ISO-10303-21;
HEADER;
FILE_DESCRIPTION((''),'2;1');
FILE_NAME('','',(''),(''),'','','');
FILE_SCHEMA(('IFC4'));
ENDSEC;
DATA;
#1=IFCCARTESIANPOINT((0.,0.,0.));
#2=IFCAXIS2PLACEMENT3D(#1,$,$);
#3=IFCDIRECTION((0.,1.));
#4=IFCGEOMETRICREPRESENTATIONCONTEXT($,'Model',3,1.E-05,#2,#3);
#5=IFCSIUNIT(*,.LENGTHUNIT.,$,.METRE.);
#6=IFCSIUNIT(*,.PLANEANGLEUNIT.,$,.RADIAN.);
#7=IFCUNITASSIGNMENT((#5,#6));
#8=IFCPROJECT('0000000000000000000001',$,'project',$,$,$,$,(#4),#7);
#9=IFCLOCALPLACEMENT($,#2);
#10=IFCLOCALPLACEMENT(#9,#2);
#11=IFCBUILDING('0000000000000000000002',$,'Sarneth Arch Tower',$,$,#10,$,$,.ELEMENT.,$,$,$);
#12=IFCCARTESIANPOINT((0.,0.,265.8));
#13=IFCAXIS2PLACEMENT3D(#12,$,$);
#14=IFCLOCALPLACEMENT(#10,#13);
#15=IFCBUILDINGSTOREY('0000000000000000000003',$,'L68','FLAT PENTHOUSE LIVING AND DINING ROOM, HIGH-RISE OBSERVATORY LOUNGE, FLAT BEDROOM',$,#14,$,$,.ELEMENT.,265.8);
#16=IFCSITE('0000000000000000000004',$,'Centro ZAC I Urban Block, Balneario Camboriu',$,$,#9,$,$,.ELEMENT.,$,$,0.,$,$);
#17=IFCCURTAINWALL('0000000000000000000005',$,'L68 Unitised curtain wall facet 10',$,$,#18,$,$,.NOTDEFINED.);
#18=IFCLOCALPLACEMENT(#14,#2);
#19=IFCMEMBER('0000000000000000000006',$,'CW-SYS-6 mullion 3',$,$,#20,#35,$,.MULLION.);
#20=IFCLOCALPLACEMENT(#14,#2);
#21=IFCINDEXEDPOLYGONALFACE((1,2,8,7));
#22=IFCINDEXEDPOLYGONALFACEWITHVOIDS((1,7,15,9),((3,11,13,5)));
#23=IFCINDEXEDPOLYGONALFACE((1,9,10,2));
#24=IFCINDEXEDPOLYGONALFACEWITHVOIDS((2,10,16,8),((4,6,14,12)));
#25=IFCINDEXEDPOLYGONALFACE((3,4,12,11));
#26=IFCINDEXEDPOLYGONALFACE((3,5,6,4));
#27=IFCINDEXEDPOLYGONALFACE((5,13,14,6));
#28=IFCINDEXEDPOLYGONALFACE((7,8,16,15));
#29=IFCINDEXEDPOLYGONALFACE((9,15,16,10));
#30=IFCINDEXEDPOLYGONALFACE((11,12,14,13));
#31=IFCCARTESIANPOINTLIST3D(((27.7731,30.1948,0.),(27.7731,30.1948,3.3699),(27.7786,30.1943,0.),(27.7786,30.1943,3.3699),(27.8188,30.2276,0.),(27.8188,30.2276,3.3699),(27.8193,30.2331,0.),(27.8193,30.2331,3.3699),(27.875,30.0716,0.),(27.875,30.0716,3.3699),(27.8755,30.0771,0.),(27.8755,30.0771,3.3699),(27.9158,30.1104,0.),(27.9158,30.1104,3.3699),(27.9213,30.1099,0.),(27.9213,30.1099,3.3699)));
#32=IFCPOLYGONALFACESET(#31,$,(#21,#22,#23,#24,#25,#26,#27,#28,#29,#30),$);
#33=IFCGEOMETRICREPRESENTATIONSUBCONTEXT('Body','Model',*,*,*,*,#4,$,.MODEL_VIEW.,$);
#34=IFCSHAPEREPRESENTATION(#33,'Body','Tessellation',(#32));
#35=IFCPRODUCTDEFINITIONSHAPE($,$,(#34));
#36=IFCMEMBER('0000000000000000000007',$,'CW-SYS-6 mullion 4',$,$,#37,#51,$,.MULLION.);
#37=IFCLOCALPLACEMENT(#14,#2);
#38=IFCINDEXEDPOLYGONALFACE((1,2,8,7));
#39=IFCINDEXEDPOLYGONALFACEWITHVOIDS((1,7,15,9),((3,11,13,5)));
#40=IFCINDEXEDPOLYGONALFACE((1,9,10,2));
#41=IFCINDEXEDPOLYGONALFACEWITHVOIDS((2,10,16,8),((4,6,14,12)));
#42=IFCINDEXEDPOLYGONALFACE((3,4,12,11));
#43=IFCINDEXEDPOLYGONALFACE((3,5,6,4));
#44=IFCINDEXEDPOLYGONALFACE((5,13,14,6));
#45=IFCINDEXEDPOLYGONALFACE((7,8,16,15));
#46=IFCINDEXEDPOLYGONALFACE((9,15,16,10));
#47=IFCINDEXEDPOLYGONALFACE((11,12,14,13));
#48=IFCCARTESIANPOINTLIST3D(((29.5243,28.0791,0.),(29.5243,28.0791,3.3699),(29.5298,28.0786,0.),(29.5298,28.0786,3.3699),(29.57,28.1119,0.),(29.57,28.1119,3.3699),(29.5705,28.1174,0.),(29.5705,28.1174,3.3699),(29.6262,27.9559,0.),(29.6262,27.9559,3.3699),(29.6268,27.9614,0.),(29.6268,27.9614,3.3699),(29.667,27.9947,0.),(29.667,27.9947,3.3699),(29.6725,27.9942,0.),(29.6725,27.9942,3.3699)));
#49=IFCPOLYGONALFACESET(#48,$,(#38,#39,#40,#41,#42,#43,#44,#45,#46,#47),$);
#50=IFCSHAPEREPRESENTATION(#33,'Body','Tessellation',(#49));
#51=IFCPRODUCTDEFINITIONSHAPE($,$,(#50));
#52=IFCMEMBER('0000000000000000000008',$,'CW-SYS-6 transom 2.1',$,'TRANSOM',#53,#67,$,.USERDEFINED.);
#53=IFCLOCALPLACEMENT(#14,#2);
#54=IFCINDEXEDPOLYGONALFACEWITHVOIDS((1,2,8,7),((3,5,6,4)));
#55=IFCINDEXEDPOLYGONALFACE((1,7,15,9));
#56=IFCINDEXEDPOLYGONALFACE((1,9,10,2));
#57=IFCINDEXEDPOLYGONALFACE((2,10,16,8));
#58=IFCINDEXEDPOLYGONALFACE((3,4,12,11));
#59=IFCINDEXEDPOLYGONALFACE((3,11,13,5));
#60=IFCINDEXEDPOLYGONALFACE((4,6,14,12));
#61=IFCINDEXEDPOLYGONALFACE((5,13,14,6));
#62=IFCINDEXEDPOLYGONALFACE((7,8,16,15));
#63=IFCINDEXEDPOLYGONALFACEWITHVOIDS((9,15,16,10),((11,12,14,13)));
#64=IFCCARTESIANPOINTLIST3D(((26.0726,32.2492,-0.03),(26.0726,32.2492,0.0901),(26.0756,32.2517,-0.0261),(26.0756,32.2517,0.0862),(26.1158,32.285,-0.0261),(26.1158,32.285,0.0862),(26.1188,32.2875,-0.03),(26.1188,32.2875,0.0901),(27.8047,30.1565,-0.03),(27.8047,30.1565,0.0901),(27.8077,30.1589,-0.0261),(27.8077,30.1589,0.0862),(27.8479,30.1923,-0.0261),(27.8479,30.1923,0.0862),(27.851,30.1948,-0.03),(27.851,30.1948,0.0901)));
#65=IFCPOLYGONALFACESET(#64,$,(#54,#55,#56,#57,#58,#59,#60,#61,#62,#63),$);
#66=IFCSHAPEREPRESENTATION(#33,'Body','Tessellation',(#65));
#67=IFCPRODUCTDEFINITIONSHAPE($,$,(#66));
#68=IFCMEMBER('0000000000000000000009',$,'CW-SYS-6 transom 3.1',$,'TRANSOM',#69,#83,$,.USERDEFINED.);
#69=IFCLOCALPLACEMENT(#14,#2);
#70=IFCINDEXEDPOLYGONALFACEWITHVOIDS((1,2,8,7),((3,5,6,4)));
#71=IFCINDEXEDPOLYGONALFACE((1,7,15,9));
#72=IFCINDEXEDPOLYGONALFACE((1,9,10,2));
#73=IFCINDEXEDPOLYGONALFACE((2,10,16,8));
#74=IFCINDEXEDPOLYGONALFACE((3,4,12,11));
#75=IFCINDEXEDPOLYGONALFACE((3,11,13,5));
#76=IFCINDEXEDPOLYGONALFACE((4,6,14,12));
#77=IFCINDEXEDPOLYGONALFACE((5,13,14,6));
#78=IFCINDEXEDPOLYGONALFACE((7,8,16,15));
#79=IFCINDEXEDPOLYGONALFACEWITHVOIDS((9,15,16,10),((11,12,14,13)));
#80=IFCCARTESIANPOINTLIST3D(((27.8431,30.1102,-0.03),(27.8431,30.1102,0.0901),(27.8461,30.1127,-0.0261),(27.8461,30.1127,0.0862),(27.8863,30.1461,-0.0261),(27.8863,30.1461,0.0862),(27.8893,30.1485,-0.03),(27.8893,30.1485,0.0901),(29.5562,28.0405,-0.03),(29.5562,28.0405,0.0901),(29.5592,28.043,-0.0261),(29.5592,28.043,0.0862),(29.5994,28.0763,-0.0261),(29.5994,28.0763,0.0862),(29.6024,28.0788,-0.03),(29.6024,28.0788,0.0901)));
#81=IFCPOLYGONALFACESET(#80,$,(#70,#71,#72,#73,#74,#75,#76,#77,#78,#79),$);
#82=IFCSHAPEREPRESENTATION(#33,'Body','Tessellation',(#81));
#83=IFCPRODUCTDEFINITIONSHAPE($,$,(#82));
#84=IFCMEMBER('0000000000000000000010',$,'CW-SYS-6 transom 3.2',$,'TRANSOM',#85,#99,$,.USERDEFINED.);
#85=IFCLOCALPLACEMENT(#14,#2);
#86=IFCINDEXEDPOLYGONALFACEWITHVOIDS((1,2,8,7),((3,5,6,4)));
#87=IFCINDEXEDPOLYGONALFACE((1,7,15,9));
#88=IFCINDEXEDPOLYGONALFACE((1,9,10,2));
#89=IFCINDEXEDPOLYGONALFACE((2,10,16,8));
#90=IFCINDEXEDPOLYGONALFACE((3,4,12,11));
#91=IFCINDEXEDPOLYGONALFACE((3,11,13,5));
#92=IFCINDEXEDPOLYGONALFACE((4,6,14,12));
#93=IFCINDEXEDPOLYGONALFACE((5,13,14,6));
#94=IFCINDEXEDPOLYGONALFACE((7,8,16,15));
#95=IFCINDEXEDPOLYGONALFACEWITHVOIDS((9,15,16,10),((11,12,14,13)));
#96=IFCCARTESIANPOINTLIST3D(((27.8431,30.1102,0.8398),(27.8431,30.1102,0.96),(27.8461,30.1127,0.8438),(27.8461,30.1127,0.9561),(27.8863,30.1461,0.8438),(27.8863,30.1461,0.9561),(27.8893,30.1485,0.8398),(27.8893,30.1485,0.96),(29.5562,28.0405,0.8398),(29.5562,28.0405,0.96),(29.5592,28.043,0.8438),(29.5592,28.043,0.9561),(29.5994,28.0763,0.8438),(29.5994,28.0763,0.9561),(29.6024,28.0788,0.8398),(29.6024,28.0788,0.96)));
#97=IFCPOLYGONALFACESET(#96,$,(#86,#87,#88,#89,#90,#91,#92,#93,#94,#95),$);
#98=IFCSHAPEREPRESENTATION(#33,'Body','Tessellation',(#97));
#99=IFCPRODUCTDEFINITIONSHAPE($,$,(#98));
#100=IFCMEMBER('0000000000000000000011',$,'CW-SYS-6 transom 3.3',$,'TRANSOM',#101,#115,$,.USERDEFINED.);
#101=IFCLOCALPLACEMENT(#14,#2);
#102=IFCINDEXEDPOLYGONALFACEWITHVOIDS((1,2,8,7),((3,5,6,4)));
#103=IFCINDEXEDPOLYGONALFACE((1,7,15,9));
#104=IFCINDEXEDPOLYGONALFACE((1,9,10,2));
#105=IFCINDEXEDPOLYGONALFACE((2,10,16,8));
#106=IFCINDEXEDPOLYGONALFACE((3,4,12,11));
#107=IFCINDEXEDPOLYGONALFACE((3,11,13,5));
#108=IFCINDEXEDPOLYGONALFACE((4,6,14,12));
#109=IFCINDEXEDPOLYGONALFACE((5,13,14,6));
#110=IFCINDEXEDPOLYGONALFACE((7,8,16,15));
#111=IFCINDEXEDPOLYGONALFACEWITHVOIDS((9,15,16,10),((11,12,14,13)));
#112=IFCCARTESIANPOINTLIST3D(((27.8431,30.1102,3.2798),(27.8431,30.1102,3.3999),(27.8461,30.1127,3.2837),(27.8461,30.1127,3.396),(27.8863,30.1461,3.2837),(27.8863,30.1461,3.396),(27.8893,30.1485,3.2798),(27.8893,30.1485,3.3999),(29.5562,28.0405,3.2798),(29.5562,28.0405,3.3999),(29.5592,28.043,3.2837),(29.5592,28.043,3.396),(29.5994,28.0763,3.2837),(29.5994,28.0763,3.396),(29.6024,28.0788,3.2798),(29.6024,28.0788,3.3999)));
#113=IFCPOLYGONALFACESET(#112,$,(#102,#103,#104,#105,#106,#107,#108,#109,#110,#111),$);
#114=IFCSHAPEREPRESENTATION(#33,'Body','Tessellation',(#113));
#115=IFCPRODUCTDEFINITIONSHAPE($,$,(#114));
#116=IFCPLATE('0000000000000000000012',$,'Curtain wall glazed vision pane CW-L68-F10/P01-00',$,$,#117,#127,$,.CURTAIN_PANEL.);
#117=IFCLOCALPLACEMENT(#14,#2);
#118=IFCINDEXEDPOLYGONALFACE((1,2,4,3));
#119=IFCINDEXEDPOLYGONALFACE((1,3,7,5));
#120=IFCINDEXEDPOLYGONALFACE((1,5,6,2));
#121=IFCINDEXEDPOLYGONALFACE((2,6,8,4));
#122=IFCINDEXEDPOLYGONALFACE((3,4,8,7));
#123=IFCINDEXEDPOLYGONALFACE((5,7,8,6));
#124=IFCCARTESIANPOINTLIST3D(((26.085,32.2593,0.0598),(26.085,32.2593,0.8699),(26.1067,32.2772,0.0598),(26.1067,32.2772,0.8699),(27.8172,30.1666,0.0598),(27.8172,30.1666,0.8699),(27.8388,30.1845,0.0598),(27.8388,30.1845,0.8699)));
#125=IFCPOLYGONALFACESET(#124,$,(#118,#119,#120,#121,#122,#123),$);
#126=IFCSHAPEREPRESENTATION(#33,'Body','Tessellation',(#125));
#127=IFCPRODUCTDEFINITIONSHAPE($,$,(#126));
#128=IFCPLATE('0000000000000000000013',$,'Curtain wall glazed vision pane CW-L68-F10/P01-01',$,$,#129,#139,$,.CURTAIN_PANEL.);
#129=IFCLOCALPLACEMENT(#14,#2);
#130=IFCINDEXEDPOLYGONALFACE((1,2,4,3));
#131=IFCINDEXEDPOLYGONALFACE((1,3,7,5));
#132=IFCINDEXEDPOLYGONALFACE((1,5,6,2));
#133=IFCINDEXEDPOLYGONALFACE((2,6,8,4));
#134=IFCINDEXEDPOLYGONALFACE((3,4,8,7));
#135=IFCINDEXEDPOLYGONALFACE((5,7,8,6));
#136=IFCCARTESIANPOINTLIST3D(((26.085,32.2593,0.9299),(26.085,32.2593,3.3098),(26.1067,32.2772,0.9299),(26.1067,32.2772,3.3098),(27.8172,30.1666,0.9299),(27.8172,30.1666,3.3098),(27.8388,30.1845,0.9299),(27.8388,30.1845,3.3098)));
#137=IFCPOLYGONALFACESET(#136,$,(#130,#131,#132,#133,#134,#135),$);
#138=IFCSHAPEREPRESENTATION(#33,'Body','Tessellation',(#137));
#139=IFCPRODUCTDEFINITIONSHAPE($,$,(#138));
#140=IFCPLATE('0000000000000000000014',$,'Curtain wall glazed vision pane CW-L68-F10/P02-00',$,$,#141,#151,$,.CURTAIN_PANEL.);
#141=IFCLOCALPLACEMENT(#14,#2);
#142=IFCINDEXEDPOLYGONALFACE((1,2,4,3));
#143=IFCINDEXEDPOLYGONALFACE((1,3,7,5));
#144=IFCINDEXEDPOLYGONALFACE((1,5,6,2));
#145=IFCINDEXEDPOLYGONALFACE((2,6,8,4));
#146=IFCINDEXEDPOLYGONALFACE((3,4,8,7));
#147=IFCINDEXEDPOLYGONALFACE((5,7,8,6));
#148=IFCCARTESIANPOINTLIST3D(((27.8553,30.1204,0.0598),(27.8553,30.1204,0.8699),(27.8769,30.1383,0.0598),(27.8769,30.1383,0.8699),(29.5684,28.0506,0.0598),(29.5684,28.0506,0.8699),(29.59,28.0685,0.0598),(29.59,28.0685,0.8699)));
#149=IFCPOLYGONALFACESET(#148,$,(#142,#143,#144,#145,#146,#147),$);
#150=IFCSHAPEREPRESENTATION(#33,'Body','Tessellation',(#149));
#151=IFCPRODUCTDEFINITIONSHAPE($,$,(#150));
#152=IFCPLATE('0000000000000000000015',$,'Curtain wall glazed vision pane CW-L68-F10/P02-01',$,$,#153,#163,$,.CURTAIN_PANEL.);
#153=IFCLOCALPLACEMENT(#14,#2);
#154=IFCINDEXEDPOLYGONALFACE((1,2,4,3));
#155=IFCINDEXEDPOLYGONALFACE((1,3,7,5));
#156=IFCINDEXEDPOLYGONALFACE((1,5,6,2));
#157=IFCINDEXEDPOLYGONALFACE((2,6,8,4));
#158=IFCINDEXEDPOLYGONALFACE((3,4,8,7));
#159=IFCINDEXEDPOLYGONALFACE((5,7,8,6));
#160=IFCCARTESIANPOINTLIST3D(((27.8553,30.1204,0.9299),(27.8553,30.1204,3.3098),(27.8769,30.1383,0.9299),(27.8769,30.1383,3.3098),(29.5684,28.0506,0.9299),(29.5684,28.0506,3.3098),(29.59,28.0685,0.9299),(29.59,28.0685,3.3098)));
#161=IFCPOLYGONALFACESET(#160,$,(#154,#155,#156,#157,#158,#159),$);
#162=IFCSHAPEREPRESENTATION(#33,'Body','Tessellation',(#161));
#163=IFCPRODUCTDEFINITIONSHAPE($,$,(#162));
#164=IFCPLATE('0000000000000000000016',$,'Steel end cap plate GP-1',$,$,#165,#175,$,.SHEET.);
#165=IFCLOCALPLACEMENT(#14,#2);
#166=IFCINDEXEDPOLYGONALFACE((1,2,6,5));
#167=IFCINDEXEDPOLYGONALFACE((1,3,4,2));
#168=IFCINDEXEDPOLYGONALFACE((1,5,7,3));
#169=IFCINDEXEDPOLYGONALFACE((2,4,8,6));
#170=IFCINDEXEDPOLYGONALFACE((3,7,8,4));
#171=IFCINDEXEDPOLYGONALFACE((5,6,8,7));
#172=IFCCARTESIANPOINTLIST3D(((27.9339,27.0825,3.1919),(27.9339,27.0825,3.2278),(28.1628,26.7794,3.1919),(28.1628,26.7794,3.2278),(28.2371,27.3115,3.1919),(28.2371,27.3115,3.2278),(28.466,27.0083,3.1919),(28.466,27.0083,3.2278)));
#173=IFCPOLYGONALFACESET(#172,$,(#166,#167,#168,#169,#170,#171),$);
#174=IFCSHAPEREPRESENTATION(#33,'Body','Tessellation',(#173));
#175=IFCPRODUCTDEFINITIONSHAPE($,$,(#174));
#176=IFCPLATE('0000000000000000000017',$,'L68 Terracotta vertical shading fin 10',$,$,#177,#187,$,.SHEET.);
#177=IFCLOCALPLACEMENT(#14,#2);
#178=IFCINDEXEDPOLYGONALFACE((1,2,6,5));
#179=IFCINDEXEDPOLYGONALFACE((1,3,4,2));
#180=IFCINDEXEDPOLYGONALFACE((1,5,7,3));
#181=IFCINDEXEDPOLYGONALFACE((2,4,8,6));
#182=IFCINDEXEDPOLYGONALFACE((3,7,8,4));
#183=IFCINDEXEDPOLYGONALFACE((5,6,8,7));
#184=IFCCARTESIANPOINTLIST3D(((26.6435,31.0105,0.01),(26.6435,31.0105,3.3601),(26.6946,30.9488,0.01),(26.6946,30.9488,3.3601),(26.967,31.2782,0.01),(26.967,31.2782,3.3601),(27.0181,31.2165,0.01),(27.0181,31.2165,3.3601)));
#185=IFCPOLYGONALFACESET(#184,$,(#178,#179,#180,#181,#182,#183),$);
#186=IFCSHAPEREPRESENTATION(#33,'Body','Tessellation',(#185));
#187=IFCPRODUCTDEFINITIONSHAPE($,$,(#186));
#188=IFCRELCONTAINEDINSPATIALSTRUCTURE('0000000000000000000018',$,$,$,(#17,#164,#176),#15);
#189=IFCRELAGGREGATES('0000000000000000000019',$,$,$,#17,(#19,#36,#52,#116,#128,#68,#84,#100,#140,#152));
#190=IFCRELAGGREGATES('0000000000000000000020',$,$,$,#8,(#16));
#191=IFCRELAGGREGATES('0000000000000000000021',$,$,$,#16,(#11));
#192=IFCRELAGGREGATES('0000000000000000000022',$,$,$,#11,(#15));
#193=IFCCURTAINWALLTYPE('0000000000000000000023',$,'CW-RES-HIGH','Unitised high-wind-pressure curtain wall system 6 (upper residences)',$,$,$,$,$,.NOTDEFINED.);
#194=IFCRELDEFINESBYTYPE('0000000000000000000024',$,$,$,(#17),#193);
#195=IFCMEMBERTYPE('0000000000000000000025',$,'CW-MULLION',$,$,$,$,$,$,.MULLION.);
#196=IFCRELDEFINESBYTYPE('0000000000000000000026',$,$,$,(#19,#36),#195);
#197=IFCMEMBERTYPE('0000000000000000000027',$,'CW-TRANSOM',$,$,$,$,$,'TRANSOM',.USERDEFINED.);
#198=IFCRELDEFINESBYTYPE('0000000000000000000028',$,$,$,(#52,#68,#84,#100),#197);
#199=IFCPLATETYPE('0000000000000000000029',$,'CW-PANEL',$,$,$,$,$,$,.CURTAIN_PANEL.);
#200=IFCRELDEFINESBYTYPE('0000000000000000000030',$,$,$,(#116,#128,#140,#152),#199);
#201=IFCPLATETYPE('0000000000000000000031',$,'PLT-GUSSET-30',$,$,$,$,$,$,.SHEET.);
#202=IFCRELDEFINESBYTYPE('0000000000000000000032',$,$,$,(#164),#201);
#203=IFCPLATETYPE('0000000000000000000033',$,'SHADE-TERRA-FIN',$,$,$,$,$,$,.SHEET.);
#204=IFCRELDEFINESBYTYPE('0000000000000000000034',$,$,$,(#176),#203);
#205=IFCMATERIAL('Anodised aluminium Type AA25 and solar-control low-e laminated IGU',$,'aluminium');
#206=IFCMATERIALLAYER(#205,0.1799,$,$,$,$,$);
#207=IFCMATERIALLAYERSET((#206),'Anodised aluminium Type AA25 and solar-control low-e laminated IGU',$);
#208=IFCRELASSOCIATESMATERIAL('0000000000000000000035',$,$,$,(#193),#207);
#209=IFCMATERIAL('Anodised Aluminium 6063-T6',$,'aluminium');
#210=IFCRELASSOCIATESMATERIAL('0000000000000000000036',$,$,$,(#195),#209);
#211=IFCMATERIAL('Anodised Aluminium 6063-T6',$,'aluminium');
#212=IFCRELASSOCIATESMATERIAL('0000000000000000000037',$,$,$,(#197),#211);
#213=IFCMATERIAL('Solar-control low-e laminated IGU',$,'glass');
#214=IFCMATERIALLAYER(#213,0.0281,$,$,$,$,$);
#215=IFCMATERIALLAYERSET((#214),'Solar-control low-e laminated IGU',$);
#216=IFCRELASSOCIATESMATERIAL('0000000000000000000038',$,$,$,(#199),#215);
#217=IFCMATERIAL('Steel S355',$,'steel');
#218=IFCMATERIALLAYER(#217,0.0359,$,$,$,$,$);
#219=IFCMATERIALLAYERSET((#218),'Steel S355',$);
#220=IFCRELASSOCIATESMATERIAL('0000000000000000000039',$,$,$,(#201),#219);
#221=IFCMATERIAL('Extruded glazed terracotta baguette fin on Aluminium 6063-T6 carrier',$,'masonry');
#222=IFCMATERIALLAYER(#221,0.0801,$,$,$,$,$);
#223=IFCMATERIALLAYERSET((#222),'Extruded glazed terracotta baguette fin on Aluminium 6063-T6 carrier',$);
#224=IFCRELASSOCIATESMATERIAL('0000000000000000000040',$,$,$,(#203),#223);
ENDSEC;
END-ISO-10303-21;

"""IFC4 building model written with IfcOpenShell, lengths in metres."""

from ifc_helpers import new_model, si_unit, direction, frame, origin, origin_2d, place, context, subcontext, project, spatial, rectangle, hollow_rectangle, extrude, material, layer, layer_set, material_profile, profile_set, type_object, element, aggregate, save


model = new_model("IFC4")

# Units and contexts
model_context = context("Model", 3, precision=1e-05, world=origin(), true_north=direction((0.0, 1.0)))
body_context = subcontext(model_context, "Body", "Model", "MODEL_VIEW")
ifc_project = project(units=[si_unit("LENGTHUNIT", "METRE"), si_unit("PLANEANGLEUNIT", "RADIAN")], contexts=[model_context])

# Site, building, storey
site_placement = place(None, origin())
site = spatial("IfcSite", under=ifc_project, at=site_placement, Name="Centro ZAC I Urban Block, Balneario Camboriu", CompositionType="ELEMENT", RefElevation=0.0)
building_placement = place(site_placement, origin())
building = spatial("IfcBuilding", under=site, at=building_placement, Name="Sarneth Arch Tower", CompositionType="ELEMENT")
storey_placement = place(building_placement, frame((0.0, 0.0, 265.8)))
storey = spatial("IfcBuildingStorey", under=building, at=storey_placement, Name="L68", Description="FLAT PENTHOUSE LIVING AND DINING ROOM, HIGH-RISE OBSERVATORY LOUNGE, FLAT BEDROOM", CompositionType="ELEMENT", Elevation=265.8)

# Curtain wall, members, plates
ifc_material_1 = material(Name="Anodised aluminium Type AA25 and solar-control low-e laminated IGU", Category="aluminium")
ifc_layer_1 = layer(ifc_material_1, 0.1799)
ifc_layer_set_1 = layer_set([ifc_layer_1], Name="Anodised aluminium Type AA25 and solar-control low-e laminated IGU")
curtain_wall_type = type_object("IfcCurtainWallType", Name="CW-RES-HIGH", Description="Unitised high-wind-pressure curtain wall system 6 (upper residences)", PredefinedType="NOTDEFINED", material=ifc_layer_set_1)
curtain_wall_placement = place(storey_placement, origin())
curtain_wall = element("IfcCurtainWall", 1, at=curtain_wall_placement, inside=storey, type_object=curtain_wall_type, Name="L68 Unitised curtain wall facet 10", PredefinedType="NOTDEFINED")
ifc_material_2 = material(Name="Anodised Aluminium 6063-T6", Category="aluminium")
ifc_material_profile_1 = material_profile(ifc_material_2, hollow_rectangle(XDim=0.0601, YDim=0.1599, WallThickness=0.0039, at=origin_2d()), Name="AL-MULL-160x60x4")
ifc_profile_set_1 = profile_set([ifc_material_profile_1], Name="Anodised Aluminium 6063-T6")
member_type_1 = type_object("IfcMemberType", Name="CW-MULLION", PredefinedType="MULLION", material=ifc_profile_set_1)
member_1_placement = place(storey_placement, frame((27.8472, 30.1523, 0.0), z_axis=(0.0, 0.0, 1.0), x_axis=(0.770359, 0.63761, 0.0)))
member_1 = element("IfcMember", 2, at=member_1_placement, type_object=member_type_1, Name="CW-SYS-6 mullion 3", PredefinedType="MULLION", context=body_context, shape_type="SweptSolid", body=[
    extrude(hollow_rectangle(XDim=0.0601, YDim=0.1599, WallThickness=0.0039, at=origin_2d()), origin(), (0.0, 0.0, 1.0), 3.3699),
])
member_2_placement = place(storey_placement, frame((29.5984, 28.0366, 0.0), z_axis=(0.0, 0.0, 1.0), x_axis=(0.770359, 0.63761, 0.0)))
member_2 = element("IfcMember", 3, at=member_2_placement, type_object=member_type_1, Name="CW-SYS-6 mullion 4", PredefinedType="MULLION", context=body_context, shape_type="SweptSolid", body=[
    extrude(hollow_rectangle(XDim=0.0601, YDim=0.1599, WallThickness=0.0039, at=origin_2d()), origin(), (0.0, 0.0, 1.0), 3.3699),
])
ifc_material_3 = material(Name="Anodised Aluminium 6063-T6", Category="aluminium")
ifc_material_profile_2 = material_profile(ifc_material_3, hollow_rectangle(XDim=0.0601, YDim=0.1201, WallThickness=0.0039, at=origin_2d()), Name="AL-TRAN-120x60x4")
ifc_profile_set_2 = profile_set([ifc_material_profile_2], Name="Anodised Aluminium 6063-T6")
member_type_2 = type_object("IfcMemberType", Name="CW-TRANSOM", ElementType="TRANSOM", PredefinedType="USERDEFINED", material=ifc_profile_set_2)
member_3_placement = place(storey_placement, frame((26.0957, 32.2683, 0.03), z_axis=(0.637617, -0.770353, 0.0), x_axis=(0.770353, 0.637617, 0.0)))
member_3 = element("IfcMember", 4, at=member_3_placement, type_object=member_type_2, Name="CW-SYS-6 transom 2.1", ObjectType="TRANSOM", PredefinedType="USERDEFINED", context=body_context, shape_type="SweptSolid", body=[
    extrude(hollow_rectangle(XDim=0.0601, YDim=0.1201, WallThickness=0.0039, at=origin_2d()), origin(), (0.0, 0.0, 1.0), 2.7166),
])
member_4_placement = place(storey_placement, frame((27.8662, 30.1294, 0.03), z_axis=(0.637607, -0.770362, 0.0), x_axis=(0.770362, 0.637607, 0.0)))
member_4 = element("IfcMember", 5, at=member_4_placement, type_object=member_type_2, Name="CW-SYS-6 transom 3.1", ObjectType="TRANSOM", PredefinedType="USERDEFINED", context=body_context, shape_type="SweptSolid", body=[
    extrude(hollow_rectangle(XDim=0.0601, YDim=0.1201, WallThickness=0.0039, at=origin_2d()), origin(), (0.0, 0.0, 1.0), 2.6868),
])
member_5_placement = place(storey_placement, frame((27.8662, 30.1294, 0.8999), z_axis=(0.637607, -0.770362, 0.0), x_axis=(0.770362, 0.637607, 0.0)))
member_5 = element("IfcMember", 6, at=member_5_placement, type_object=member_type_2, Name="CW-SYS-6 transom 3.2", ObjectType="TRANSOM", PredefinedType="USERDEFINED", context=body_context, shape_type="SweptSolid", body=[
    extrude(hollow_rectangle(XDim=0.0601, YDim=0.1201, WallThickness=0.0039, at=origin_2d()), origin(), (0.0, 0.0, 1.0), 2.6868),
])
member_6_placement = place(storey_placement, frame((27.8662, 30.1294, 3.3398), z_axis=(0.637607, -0.770362, 0.0), x_axis=(0.770362, 0.637607, 0.0)))
member_6 = element("IfcMember", 7, at=member_6_placement, type_object=member_type_2, Name="CW-SYS-6 transom 3.3", ObjectType="TRANSOM", PredefinedType="USERDEFINED", context=body_context, shape_type="SweptSolid", body=[
    extrude(hollow_rectangle(XDim=0.0601, YDim=0.1201, WallThickness=0.0039, at=origin_2d()), origin(), (0.0, 0.0, 1.0), 2.6868),
])
ifc_material_4 = material(Name="Solar-control low-e laminated IGU", Category="glass")
ifc_layer_2 = layer(ifc_material_4, 0.0281)
ifc_layer_set_2 = layer_set([ifc_layer_2], Name="Solar-control low-e laminated IGU")
plate_type_1 = type_object("IfcPlateType", Name="CW-PANEL", PredefinedType="CURTAIN_PANEL", material=ifc_layer_set_2)
plate_1_placement = place(storey_placement, frame((26.9619, 31.2219, 0.0598), z_axis=(0.0, 0.0, 1.0), x_axis=(0.63761, -0.770359, 0.0)))
plate_1 = element("IfcPlate", 8, at=plate_1_placement, type_object=plate_type_1, Name="Curtain wall glazed vision pane CW-L68-F10/P01-00", PredefinedType="CURTAIN_PANEL", context=body_context, shape_type="SweptSolid", body=[
    extrude(rectangle(XDim=2.7166, YDim=0.0281, at=origin_2d()), origin(), (0.0, 0.0, 1.0), 0.8101),
])
plate_2_placement = place(storey_placement, frame((26.9619, 31.2219, 0.9299), z_axis=(0.0, 0.0, 1.0), x_axis=(0.63761, -0.770359, 0.0)))
plate_2 = element("IfcPlate", 9, at=plate_2_placement, type_object=plate_type_1, Name="Curtain wall glazed vision pane CW-L68-F10/P01-01", PredefinedType="CURTAIN_PANEL", context=body_context, shape_type="SweptSolid", body=[
    extrude(rectangle(XDim=2.7166, YDim=0.0281, at=origin_2d()), origin(), (0.0, 0.0, 1.0), 2.3799),
])
plate_3_placement = place(storey_placement, frame((28.7227, 29.0945, 0.0598), z_axis=(0.0, 0.0, 1.0), x_axis=(0.63761, -0.770359, 0.0)))
plate_3 = element("IfcPlate", 10, at=plate_3_placement, type_object=plate_type_1, Name="Curtain wall glazed vision pane CW-L68-F10/P02-00", PredefinedType="CURTAIN_PANEL", context=body_context, shape_type="SweptSolid", body=[
    extrude(rectangle(XDim=2.6868, YDim=0.0281, at=origin_2d()), origin(), (0.0, 0.0, 1.0), 0.8101),
])
plate_4_placement = place(storey_placement, frame((28.7227, 29.0945, 0.9299), z_axis=(0.0, 0.0, 1.0), x_axis=(0.63761, -0.770359, 0.0)))
plate_4 = element("IfcPlate", 11, at=plate_4_placement, type_object=plate_type_1, Name="Curtain wall glazed vision pane CW-L68-F10/P02-01", PredefinedType="CURTAIN_PANEL", context=body_context, shape_type="SweptSolid", body=[
    extrude(rectangle(XDim=2.6868, YDim=0.0281, at=origin_2d()), origin(), (0.0, 0.0, 1.0), 2.3799),
])
aggregate(curtain_wall, [member_1, member_2, member_3, plate_1, plate_2, member_4, member_5, member_6, plate_3, plate_4])

# Plates
ifc_material_5 = material(Name="Steel S355", Category="steel")
ifc_layer_3 = layer(ifc_material_5, 0.0359)
ifc_layer_set_3 = layer_set([ifc_layer_3], Name="Steel S355")
plate_type_2 = type_object("IfcPlateType", Name="PLT-GUSSET-30", PredefinedType="SHEET", material=ifc_layer_set_3)
plate_5_placement = place(storey_placement, frame((28.2, 27.0454, 3.1919), z_axis=(0.0, 0.0, 1.0), x_axis=(-0.798005, -0.602651, 0.0)))
element("IfcPlate", 12, at=plate_5_placement, inside=storey, type_object=plate_type_2, Name="Steel end cap plate GP-1", PredefinedType="SHEET", context=body_context, shape_type="SweptSolid", body=[
    extrude(rectangle(XDim=0.3799, YDim=0.3799, at=origin_2d()), origin(), (0.0, 0.0, 1.0), 0.0359),
])
ifc_material_6 = material(Name="Extruded glazed terracotta baguette fin on Aluminium 6063-T6 carrier", Category="masonry")
ifc_layer_4 = layer(ifc_material_6, 0.0801)
ifc_layer_set_4 = layer_set([ifc_layer_4], Name="Extruded glazed terracotta baguette fin on Aluminium 6063-T6 carrier")
plate_type_3 = type_object("IfcPlateType", Name="SHADE-TERRA-FIN", PredefinedType="SHEET", material=ifc_layer_set_4)
plate_6_placement = place(storey_placement, frame((26.8308, 31.1135, 0.01), z_axis=(0.0, 0.0, 1.0), x_axis=(-0.770402, -0.637558, 0.0)))
element("IfcPlate", 13, at=plate_6_placement, inside=storey, type_object=plate_type_3, Name="L68 Terracotta vertical shading fin 10", PredefinedType="SHEET", context=body_context, shape_type="SweptSolid", body=[
    extrude(rectangle(XDim=0.4199, YDim=0.0801, at=origin_2d()), origin(), (0.0, 0.0, 1.0), 3.3501),
])

save(model, "model.ifc")
